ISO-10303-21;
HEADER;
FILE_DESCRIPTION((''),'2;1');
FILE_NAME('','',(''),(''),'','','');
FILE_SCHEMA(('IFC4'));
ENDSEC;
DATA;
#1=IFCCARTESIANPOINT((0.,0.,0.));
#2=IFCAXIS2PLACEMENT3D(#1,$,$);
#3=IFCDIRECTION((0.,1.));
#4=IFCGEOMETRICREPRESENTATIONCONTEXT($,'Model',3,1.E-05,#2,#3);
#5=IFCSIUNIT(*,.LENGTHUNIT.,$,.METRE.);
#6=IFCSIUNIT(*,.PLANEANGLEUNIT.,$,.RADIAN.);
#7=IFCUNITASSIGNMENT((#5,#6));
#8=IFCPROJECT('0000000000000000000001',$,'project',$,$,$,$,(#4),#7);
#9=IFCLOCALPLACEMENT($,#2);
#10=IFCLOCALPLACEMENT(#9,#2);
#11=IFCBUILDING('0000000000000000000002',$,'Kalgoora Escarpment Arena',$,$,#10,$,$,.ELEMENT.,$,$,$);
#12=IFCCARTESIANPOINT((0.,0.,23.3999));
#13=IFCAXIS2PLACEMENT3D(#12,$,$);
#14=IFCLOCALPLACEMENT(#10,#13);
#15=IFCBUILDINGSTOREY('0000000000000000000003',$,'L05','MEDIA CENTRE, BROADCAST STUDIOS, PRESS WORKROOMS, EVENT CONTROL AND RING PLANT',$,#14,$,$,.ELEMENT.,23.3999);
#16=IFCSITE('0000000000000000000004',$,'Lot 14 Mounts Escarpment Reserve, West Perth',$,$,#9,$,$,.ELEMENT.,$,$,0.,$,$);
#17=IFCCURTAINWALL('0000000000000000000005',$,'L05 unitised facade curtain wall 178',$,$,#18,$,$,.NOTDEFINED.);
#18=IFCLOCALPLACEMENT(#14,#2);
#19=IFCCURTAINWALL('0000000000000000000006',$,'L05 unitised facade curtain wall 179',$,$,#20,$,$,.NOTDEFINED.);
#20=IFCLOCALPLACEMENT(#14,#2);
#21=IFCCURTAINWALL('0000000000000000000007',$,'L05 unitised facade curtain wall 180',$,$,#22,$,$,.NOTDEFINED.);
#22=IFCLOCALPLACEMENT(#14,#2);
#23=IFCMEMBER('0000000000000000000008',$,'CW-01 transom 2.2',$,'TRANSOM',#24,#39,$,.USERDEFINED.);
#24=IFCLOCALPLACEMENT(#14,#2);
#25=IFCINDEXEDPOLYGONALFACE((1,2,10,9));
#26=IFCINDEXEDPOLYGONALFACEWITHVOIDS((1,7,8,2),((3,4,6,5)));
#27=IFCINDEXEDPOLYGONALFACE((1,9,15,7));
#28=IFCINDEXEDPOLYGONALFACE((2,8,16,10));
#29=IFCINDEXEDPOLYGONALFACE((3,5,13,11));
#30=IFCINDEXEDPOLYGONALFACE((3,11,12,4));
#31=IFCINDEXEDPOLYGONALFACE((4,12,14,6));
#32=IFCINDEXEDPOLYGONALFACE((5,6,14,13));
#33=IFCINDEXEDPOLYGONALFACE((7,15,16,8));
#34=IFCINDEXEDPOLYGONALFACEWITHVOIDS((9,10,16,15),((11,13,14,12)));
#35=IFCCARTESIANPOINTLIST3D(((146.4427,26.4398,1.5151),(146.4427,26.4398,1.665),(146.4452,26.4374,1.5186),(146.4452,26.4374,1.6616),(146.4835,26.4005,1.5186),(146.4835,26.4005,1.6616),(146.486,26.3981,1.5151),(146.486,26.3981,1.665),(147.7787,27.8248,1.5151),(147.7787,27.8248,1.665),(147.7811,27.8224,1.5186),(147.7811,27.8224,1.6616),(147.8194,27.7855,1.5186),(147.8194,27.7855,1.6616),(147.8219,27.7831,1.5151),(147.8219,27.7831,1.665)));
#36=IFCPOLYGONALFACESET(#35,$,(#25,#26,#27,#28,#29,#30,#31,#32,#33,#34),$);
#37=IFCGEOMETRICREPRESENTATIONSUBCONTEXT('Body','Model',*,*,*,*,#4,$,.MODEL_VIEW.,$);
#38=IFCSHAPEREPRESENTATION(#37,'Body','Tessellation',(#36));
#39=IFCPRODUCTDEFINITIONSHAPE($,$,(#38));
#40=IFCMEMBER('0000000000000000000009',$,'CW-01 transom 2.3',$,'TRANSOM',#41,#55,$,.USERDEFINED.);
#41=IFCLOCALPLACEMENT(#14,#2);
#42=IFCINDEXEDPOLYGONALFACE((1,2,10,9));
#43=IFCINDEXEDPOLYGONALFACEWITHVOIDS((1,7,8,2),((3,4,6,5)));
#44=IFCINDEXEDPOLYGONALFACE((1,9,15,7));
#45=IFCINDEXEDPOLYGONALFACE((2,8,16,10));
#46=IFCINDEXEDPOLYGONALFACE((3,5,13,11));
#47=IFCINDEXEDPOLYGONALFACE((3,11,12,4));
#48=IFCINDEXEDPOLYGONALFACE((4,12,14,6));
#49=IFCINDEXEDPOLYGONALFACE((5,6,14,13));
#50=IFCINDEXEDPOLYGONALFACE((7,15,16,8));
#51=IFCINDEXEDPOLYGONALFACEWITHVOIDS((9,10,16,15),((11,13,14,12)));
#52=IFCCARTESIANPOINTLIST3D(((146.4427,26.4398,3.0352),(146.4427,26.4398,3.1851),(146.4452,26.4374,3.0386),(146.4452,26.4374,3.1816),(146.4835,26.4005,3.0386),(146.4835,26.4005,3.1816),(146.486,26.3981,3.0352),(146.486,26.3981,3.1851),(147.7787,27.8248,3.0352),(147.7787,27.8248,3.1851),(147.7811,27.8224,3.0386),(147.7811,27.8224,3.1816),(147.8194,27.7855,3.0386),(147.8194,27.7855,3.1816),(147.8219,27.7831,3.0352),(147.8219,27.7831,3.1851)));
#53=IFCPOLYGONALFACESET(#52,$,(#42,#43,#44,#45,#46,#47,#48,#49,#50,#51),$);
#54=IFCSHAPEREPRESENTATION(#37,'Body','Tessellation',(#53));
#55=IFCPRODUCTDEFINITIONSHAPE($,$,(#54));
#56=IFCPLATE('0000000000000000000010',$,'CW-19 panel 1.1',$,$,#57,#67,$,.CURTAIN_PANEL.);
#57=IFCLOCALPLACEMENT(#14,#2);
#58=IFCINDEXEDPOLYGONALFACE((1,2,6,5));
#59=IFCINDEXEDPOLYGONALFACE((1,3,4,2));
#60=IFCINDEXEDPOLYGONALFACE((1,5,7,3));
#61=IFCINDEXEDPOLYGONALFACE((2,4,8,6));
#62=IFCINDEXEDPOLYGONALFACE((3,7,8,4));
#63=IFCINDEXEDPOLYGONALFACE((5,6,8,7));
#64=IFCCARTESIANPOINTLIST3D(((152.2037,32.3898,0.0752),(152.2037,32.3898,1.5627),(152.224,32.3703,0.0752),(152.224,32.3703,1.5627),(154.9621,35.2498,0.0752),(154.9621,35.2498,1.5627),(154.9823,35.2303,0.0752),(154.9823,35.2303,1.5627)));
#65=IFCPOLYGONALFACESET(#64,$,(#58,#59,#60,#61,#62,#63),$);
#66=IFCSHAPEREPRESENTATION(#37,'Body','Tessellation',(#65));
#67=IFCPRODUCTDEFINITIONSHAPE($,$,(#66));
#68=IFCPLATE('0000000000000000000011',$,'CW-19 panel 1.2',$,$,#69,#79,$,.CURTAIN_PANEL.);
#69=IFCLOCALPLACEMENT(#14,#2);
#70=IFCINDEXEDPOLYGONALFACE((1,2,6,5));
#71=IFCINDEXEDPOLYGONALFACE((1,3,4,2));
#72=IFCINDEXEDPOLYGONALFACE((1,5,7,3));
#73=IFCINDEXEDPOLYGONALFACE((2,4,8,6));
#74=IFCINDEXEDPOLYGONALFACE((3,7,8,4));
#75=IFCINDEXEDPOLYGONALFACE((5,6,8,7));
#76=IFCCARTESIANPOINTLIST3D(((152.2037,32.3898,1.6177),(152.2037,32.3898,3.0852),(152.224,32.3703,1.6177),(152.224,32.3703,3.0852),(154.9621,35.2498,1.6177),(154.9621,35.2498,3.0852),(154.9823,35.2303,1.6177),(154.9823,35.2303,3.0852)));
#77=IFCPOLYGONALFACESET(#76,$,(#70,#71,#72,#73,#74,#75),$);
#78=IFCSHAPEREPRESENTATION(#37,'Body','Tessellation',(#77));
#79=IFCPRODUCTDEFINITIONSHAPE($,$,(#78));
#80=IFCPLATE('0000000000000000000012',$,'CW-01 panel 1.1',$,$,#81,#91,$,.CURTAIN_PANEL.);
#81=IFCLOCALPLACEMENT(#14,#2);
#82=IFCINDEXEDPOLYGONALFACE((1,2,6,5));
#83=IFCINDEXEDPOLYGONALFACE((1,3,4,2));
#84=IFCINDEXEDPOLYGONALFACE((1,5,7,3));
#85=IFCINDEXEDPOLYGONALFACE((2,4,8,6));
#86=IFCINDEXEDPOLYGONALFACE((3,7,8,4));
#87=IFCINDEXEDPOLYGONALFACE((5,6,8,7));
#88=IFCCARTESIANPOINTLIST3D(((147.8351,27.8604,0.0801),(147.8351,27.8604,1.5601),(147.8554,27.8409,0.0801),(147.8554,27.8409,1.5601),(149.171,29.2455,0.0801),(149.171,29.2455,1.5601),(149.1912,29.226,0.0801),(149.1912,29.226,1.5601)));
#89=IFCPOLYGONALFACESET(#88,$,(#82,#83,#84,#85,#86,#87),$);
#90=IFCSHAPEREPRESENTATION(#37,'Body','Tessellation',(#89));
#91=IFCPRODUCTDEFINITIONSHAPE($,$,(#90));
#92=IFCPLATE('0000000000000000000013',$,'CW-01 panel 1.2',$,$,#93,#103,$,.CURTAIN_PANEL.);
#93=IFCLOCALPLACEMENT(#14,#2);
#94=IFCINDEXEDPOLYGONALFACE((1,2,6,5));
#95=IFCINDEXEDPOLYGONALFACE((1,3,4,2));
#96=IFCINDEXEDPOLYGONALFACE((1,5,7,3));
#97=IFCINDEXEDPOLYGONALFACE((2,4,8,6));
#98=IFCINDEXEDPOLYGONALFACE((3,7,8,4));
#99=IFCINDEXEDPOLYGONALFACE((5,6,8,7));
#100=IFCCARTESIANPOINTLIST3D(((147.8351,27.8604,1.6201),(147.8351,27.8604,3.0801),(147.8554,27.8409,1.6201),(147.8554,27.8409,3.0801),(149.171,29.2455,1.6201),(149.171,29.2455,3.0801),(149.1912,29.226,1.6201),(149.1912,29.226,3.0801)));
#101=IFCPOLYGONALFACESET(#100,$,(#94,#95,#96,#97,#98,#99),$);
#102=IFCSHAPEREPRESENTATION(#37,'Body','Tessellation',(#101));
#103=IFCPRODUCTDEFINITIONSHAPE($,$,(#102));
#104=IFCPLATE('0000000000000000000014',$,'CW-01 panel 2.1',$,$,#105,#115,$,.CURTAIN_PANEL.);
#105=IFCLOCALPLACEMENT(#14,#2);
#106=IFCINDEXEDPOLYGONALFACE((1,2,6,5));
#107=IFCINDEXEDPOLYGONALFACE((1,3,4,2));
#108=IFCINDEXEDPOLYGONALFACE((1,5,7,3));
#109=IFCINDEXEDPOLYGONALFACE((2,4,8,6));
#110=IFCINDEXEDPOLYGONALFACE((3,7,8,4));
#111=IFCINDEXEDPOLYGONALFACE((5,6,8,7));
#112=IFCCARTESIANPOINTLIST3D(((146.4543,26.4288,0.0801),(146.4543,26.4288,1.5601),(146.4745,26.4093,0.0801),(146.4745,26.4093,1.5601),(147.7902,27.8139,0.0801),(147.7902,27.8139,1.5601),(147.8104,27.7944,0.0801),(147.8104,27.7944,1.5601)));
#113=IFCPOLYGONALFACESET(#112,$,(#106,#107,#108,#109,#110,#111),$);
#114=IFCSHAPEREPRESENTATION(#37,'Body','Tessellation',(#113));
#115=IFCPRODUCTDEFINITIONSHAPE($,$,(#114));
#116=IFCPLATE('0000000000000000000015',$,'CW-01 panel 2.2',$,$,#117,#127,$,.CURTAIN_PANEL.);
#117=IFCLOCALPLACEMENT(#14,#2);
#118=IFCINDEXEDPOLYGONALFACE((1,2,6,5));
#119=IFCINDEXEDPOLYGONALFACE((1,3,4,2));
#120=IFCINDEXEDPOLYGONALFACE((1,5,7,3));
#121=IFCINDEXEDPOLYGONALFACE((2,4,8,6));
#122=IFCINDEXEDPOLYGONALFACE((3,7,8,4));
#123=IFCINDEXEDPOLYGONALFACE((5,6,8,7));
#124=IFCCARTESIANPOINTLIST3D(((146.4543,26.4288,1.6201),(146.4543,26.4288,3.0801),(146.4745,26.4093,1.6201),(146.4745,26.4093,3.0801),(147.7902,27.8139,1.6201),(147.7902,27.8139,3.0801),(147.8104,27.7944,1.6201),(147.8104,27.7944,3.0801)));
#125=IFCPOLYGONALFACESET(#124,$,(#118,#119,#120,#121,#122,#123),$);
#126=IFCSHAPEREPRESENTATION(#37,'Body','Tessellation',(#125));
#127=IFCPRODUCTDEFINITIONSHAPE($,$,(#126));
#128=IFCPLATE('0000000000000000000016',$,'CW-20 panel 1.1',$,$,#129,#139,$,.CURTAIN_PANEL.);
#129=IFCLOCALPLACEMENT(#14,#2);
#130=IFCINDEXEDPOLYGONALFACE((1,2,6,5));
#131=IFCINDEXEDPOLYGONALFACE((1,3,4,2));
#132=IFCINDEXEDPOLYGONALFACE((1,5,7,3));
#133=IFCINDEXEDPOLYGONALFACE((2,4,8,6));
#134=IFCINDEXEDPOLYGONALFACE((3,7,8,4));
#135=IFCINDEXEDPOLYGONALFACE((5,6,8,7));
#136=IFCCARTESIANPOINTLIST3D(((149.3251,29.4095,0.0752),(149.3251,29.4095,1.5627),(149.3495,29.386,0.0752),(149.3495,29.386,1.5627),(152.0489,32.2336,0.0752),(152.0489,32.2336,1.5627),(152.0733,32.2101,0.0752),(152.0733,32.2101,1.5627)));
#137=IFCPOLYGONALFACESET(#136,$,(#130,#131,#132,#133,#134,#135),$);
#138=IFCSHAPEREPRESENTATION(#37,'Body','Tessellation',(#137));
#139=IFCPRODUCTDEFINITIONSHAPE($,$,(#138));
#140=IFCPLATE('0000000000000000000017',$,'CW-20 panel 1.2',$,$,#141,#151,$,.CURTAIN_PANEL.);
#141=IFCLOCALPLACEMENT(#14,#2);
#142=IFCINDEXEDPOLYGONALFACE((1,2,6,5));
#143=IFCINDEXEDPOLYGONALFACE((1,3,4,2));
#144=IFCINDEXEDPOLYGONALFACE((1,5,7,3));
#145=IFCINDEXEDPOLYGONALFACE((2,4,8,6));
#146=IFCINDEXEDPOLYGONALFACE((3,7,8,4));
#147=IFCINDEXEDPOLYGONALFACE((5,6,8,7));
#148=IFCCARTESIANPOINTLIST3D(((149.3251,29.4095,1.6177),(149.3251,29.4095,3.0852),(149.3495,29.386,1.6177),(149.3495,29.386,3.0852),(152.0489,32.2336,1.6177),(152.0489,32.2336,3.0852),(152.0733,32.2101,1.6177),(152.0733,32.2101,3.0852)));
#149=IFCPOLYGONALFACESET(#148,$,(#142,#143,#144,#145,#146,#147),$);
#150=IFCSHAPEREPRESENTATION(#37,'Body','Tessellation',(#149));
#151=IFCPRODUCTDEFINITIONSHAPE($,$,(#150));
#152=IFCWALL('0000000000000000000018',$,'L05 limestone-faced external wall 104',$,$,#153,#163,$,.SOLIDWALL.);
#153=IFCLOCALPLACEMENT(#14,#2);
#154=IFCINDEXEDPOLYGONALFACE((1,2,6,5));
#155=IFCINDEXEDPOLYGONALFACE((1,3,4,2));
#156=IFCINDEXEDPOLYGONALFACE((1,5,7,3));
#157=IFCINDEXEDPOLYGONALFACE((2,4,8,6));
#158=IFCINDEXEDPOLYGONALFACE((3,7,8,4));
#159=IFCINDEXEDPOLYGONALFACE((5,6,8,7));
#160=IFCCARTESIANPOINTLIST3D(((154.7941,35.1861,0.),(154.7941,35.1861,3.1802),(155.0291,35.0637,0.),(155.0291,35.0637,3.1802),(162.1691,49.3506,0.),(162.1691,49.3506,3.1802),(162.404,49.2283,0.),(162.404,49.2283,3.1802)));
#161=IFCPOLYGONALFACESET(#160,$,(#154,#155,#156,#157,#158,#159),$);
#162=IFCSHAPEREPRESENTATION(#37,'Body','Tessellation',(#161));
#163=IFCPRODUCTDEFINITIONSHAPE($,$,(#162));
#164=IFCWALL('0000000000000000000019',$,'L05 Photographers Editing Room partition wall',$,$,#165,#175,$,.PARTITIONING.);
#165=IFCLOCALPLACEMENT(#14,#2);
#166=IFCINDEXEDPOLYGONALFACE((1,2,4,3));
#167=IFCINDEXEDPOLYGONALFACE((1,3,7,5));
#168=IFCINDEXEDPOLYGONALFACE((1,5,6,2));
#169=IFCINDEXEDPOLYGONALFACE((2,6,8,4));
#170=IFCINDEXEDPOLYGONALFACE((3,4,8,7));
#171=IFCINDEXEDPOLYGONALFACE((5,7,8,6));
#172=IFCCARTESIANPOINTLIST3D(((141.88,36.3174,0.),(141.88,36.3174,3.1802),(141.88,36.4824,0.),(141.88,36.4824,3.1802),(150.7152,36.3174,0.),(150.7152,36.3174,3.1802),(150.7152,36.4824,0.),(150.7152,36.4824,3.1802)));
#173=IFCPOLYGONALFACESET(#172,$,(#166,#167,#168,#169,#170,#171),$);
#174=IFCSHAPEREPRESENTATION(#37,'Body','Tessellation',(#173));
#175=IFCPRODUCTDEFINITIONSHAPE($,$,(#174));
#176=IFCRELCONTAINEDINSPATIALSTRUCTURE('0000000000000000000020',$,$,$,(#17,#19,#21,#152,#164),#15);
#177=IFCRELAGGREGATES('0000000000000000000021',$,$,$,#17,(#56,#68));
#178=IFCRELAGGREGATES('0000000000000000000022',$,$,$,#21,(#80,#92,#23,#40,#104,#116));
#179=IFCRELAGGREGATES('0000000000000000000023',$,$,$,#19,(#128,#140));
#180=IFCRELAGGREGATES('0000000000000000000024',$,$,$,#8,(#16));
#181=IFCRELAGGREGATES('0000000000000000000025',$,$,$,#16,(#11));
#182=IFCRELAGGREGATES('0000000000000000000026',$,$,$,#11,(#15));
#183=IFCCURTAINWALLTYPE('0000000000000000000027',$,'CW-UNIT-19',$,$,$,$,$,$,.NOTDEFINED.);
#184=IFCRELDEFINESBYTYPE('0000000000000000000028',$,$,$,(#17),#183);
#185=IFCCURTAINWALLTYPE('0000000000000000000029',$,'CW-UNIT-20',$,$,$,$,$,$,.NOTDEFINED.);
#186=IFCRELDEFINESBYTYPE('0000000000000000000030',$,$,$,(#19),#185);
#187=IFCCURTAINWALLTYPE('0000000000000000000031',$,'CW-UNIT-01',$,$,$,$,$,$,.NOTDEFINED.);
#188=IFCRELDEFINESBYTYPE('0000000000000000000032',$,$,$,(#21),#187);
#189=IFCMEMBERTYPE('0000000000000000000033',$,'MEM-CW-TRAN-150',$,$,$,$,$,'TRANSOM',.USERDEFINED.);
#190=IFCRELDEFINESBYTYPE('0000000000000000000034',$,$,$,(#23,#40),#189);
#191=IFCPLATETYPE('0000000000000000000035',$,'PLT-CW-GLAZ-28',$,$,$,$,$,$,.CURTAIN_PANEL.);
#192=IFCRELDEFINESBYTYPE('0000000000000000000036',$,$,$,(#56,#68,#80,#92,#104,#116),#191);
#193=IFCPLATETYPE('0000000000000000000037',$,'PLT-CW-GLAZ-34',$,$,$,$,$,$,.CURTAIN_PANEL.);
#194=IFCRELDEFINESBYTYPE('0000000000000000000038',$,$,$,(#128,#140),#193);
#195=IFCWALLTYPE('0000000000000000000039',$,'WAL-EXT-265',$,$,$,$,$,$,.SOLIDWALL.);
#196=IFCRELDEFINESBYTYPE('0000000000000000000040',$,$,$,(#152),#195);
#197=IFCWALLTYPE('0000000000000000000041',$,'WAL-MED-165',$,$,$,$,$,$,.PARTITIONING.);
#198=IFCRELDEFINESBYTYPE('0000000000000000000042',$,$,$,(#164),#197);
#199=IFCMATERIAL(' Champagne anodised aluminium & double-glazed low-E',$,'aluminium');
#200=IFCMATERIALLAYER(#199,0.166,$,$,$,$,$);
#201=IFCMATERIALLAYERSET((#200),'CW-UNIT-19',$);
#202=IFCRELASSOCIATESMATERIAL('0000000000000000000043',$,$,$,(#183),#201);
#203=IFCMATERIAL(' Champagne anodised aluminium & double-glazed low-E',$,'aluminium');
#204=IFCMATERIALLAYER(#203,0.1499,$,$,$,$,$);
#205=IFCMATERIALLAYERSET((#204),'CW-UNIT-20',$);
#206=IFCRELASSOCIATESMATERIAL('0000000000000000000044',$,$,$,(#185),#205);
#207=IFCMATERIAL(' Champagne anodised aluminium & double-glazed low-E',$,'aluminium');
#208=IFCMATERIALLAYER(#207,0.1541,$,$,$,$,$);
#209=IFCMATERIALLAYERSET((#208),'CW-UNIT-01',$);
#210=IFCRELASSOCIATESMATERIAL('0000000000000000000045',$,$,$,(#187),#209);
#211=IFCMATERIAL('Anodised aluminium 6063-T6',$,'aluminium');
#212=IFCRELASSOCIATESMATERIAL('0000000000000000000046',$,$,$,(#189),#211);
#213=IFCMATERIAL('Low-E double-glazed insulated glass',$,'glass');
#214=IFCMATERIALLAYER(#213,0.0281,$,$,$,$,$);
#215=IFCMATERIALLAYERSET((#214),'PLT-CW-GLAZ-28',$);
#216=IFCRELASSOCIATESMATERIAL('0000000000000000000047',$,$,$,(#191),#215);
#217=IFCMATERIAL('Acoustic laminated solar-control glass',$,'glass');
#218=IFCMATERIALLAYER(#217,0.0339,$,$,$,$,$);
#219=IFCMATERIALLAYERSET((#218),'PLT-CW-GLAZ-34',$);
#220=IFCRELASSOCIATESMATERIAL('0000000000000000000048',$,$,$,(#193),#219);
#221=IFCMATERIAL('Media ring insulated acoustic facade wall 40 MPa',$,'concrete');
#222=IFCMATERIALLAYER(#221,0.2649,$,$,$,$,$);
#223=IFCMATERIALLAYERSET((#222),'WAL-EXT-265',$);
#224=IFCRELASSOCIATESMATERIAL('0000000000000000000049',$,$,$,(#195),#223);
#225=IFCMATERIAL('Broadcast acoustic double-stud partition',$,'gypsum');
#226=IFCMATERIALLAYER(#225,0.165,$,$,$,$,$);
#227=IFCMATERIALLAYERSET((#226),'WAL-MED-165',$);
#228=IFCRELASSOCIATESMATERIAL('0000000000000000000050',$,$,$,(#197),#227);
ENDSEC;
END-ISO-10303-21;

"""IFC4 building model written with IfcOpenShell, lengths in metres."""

from ifc_helpers import new_model, si_unit, direction, frame, frame_2d, origin, origin_2d, place, context, subcontext, project, spatial, rectangle, hollow_rectangle, extrude, material, layer, layer_set, material_profile, profile_set, type_object, element, aggregate, save


model = new_model("IFC4")

# Units and contexts
model_context = context("Model", 3, precision=1e-05, world=origin(), true_north=direction((0.0, 1.0)))
body_context = subcontext(model_context, "Body", "Model", "MODEL_VIEW")
ifc_project = project(units=[si_unit("LENGTHUNIT", "METRE"), si_unit("PLANEANGLEUNIT", "RADIAN")], contexts=[model_context])

# Site, building, storey
site_placement = place(None, origin())
site = spatial("IfcSite", under=ifc_project, at=site_placement, Name="Lot 14 Mounts Escarpment Reserve, West Perth", CompositionType="ELEMENT", RefElevation=0.0)
building_placement = place(site_placement, origin())
building = spatial("IfcBuilding", under=site, at=building_placement, Name="Kalgoora Escarpment Arena", CompositionType="ELEMENT")
storey_placement = place(building_placement, frame((0.0, 0.0, 23.3999)))
storey = spatial("IfcBuildingStorey", under=building, at=storey_placement, Name="L05", Description="MEDIA CENTRE, BROADCAST STUDIOS, PRESS WORKROOMS, EVENT CONTROL AND RING PLANT", CompositionType="ELEMENT", Elevation=23.3999)

# Curtain walls
ifc_material_1 = material(Name=" Champagne anodised aluminium & double-glazed low-E", Category="aluminium")
ifc_layer_1 = layer(ifc_material_1, 0.166)
ifc_layer_set_1 = layer_set([ifc_layer_1], Name="CW-UNIT-19")
curtain_wall_type_1 = type_object("IfcCurtainWallType", Name="CW-UNIT-19", PredefinedType="NOTDEFINED", material=ifc_layer_set_1)
curtain_wall_1_placement = place(storey_placement, origin())
curtain_wall_1 = element("IfcCurtainWall", 1, at=curtain_wall_1_placement, inside=storey, type_object=curtain_wall_type_1, Name="L05 unitised facade curtain wall 178", PredefinedType="NOTDEFINED")
ifc_material_2 = material(Name=" Champagne anodised aluminium & double-glazed low-E", Category="aluminium")
ifc_layer_2 = layer(ifc_material_2, 0.1499)
ifc_layer_set_2 = layer_set([ifc_layer_2], Name="CW-UNIT-20")
curtain_wall_type_2 = type_object("IfcCurtainWallType", Name="CW-UNIT-20", PredefinedType="NOTDEFINED", material=ifc_layer_set_2)
curtain_wall_2_placement = place(storey_placement, origin())
curtain_wall_2 = element("IfcCurtainWall", 2, at=curtain_wall_2_placement, inside=storey, type_object=curtain_wall_type_2, Name="L05 unitised facade curtain wall 179", PredefinedType="NOTDEFINED")
ifc_material_3 = material(Name=" Champagne anodised aluminium & double-glazed low-E", Category="aluminium")
ifc_layer_3 = layer(ifc_material_3, 0.1541)
ifc_layer_set_3 = layer_set([ifc_layer_3], Name="CW-UNIT-01")
curtain_wall_type_3 = type_object("IfcCurtainWallType", Name="CW-UNIT-01", PredefinedType="NOTDEFINED", material=ifc_layer_set_3)
curtain_wall_3_placement = place(storey_placement, origin())
curtain_wall_3 = element("IfcCurtainWall", 3, at=curtain_wall_3_placement, inside=storey, type_object=curtain_wall_type_3, Name="L05 unitised facade curtain wall 180", PredefinedType="NOTDEFINED")

# Members
ifc_material_4 = material(Name="Anodised aluminium 6063-T6", Category="aluminium")
ifc_material_profile_1 = material_profile(ifc_material_4, hollow_rectangle(XDim=0.0601, YDim=0.1499, WallThickness=0.0034, at=origin_2d()))
ifc_profile_set_1 = profile_set([ifc_material_profile_1], Name="Anodised aluminium 6063-T6")
member_type_1 = type_object("IfcMemberType", Name="MEM-CW-TRAN-150", ElementType="TRANSOM", PredefinedType="USERDEFINED", material=ifc_profile_set_1)
member_1_placement = place(storey_placement, frame((147.8003, 27.804, 1.5901), z_axis=(-0.694241, -0.719742, 0.0), x_axis=(0.719742, -0.694241, 0.0)))
member_1 = element("IfcMember", 4, at=member_1_placement, type_object=member_type_1, Name="CW-01 transom 2.2", ObjectType="TRANSOM", PredefinedType="USERDEFINED", context=body_context, shape_type="SweptSolid", body=[
    extrude(hollow_rectangle(XDim=0.0601, YDim=0.1499, WallThickness=0.0034, at=origin_2d()), origin(), (0.0, 0.0, 1.0), 1.9243),
])
member_2_placement = place(storey_placement, frame((147.8003, 27.804, 3.1101), z_axis=(-0.694241, -0.719742, 0.0), x_axis=(0.719742, -0.694241, 0.0)))
member_2 = element("IfcMember", 5, at=member_2_placement, type_object=member_type_1, Name="CW-01 transom 2.3", ObjectType="TRANSOM", PredefinedType="USERDEFINED", context=body_context, shape_type="SweptSolid", body=[
    extrude(hollow_rectangle(XDim=0.0601, YDim=0.1499, WallThickness=0.0034, at=origin_2d()), origin(), (0.0, 0.0, 1.0), 1.9243),
])

# Plates
ifc_material_5 = material(Name="Low-E double-glazed insulated glass", Category="glass")
ifc_layer_4 = layer(ifc_material_5, 0.0281)
ifc_layer_set_4 = layer_set([ifc_layer_4], Name="PLT-CW-GLAZ-28")
plate_type_1 = type_object("IfcPlateType", Name="PLT-CW-GLAZ-28", PredefinedType="CURTAIN_PANEL", material=ifc_layer_set_4)
plate_1_placement = place(storey_placement, frame((153.593, 33.8101, 0.0752), z_axis=(0.0, 0.0, 1.0), x_axis=(-0.694202, -0.71978, 0.0)))
plate_1 = element("IfcPlate", 6, at=plate_1_placement, type_object=plate_type_1, Name="CW-19 panel 1.1", PredefinedType="CURTAIN_PANEL", context=body_context, shape_type="SweptSolid", body=[
    extrude(rectangle(XDim=3.9734, YDim=0.0281, at=origin_2d()), origin(), (0.0, 0.0, 1.0), 1.4875),
])
plate_2_placement = place(storey_placement, frame((153.593, 33.8101, 1.6177), z_axis=(0.0, 0.0, 1.0), x_axis=(-0.694202, -0.71978, 0.0)))
plate_2 = element("IfcPlate", 7, at=plate_2_placement, type_object=plate_type_1, Name="CW-19 panel 1.2", PredefinedType="CURTAIN_PANEL", context=body_context, shape_type="SweptSolid", body=[
    extrude(rectangle(XDim=3.9734, YDim=0.0281, at=origin_2d()), origin(), (0.0, 0.0, 1.0), 1.4675),
])
aggregate(curtain_wall_1, [plate_1, plate_2])
plate_3_placement = place(storey_placement, frame((148.5132, 28.5432, 0.0801), z_axis=(0.0, 0.0, 1.0), x_axis=(-0.694205, -0.719777, 0.0)))
plate_3 = element("IfcPlate", 8, at=plate_3_placement, type_object=plate_type_1, Name="CW-01 panel 1.1", PredefinedType="CURTAIN_PANEL", context=body_context, shape_type="SweptSolid", body=[
    extrude(rectangle(XDim=1.9243, YDim=0.0281, at=origin_2d()), origin(), (0.0, 0.0, 1.0), 1.48),
])
plate_4_placement = place(storey_placement, frame((148.5132, 28.5432, 1.6201), z_axis=(0.0, 0.0, 1.0), x_axis=(-0.694205, -0.719777, 0.0)))
plate_4 = element("IfcPlate", 9, at=plate_4_placement, type_object=plate_type_1, Name="CW-01 panel 1.2", PredefinedType="CURTAIN_PANEL", context=body_context, shape_type="SweptSolid", body=[
    extrude(rectangle(XDim=1.9243, YDim=0.0281, at=origin_2d()), origin(), (0.0, 0.0, 1.0), 1.46),
])
plate_5_placement = place(storey_placement, frame((147.1323, 27.1116, 0.0801), z_axis=(0.0, 0.0, 1.0), x_axis=(-0.694205, -0.719777, 0.0)))
plate_5 = element("IfcPlate", 10, at=plate_5_placement, type_object=plate_type_1, Name="CW-01 panel 2.1", PredefinedType="CURTAIN_PANEL", context=body_context, shape_type="SweptSolid", body=[
    extrude(rectangle(XDim=1.9243, YDim=0.0281, at=origin_2d()), origin(), (0.0, 0.0, 1.0), 1.48),
])
plate_6_placement = place(storey_placement, frame((147.1323, 27.1116, 1.6201), z_axis=(0.0, 0.0, 1.0), x_axis=(-0.694205, -0.719777, 0.0)))
plate_6 = element("IfcPlate", 11, at=plate_6_placement, type_object=plate_type_1, Name="CW-01 panel 2.2", PredefinedType="CURTAIN_PANEL", context=body_context, shape_type="SweptSolid", body=[
    extrude(rectangle(XDim=1.9243, YDim=0.0281, at=origin_2d()), origin(), (0.0, 0.0, 1.0), 1.46),
])
aggregate(curtain_wall_3, [plate_3, plate_4, member_1, member_2, plate_5, plate_6])
ifc_material_6 = material(Name="Acoustic laminated solar-control glass", Category="glass")
ifc_layer_5 = layer(ifc_material_6, 0.0339)
ifc_layer_set_5 = layer_set([ifc_layer_5], Name="PLT-CW-GLAZ-34")
plate_type_2 = type_object("IfcPlateType", Name="PLT-CW-GLAZ-34", PredefinedType="CURTAIN_PANEL", material=ifc_layer_set_5)
plate_7_placement = place(storey_placement, frame((150.6992, 30.8098, 0.0752), z_axis=(0.0, 0.0, 1.0), x_axis=(-0.694205, -0.719777, 0.0)))
plate_7 = element("IfcPlate", 12, at=plate_7_placement, type_object=plate_type_2, Name="CW-20 panel 1.1", PredefinedType="CURTAIN_PANEL", context=body_context, shape_type="SweptSolid", body=[
    extrude(rectangle(XDim=3.9236, YDim=0.0339, at=origin_2d()), origin(), (0.0, 0.0, 1.0), 1.4875),
])
plate_8_placement = place(storey_placement, frame((150.6992, 30.8098, 1.6177), z_axis=(0.0, 0.0, 1.0), x_axis=(-0.694205, -0.719777, 0.0)))
plate_8 = element("IfcPlate", 13, at=plate_8_placement, type_object=plate_type_2, Name="CW-20 panel 1.2", PredefinedType="CURTAIN_PANEL", context=body_context, shape_type="SweptSolid", body=[
    extrude(rectangle(XDim=3.9236, YDim=0.0339, at=origin_2d()), origin(), (0.0, 0.0, 1.0), 1.4675),
])
aggregate(curtain_wall_2, [plate_7, plate_8])

# Walls
ifc_material_7 = material(Name="Media ring insulated acoustic facade wall 40 MPa", Category="concrete")
ifc_layer_6 = layer(ifc_material_7, 0.2649)
ifc_layer_set_6 = layer_set([ifc_layer_6], Name="WAL-EXT-265")
wall_type_1 = type_object("IfcWallType", Name="WAL-EXT-265", PredefinedType="SOLIDWALL", material=ifc_layer_set_6)
wall_1_placement = place(storey_placement, frame((162.2866, 49.2896, 0.0), z_axis=(0.0, 0.0, 1.0), x_axis=(-0.461818, -0.886975, 0.0)))
element("IfcWall", 14, at=wall_1_placement, inside=storey, type_object=wall_type_1, Name="L05 limestone-faced external wall 104", PredefinedType="SOLIDWALL", context=body_context, shape_type="SweptSolid", body=[
    extrude(rectangle(XDim=15.9695, YDim=0.2649, at=frame_2d((7.9849, 0.0))), origin(), (0.0, 0.0, 1.0), 3.1802),
])
ifc_material_8 = material(Name="Broadcast acoustic double-stud partition", Category="gypsum")
ifc_layer_7 = layer(ifc_material_8, 0.165)
ifc_layer_set_7 = layer_set([ifc_layer_7], Name="WAL-MED-165")
wall_type_2 = type_object("IfcWallType", Name="WAL-MED-165", PredefinedType="PARTITIONING", material=ifc_layer_set_7)
wall_2_placement = place(storey_placement, frame((150.7151, 36.3999, 0.0), z_axis=(0.0, 0.0, 1.0), x_axis=(-1.0, 0.0, 0.0)))
element("IfcWall", 15, at=wall_2_placement, inside=storey, type_object=wall_type_2, Name="L05 Photographers Editing Room partition wall", PredefinedType="PARTITIONING", context=body_context, shape_type="SweptSolid", body=[
    extrude(rectangle(XDim=8.8352, YDim=0.165, at=frame_2d((4.4175, 0.0))), origin(), (0.0, 0.0, 1.0), 3.1802),
])

save(model, "model.ifc")
